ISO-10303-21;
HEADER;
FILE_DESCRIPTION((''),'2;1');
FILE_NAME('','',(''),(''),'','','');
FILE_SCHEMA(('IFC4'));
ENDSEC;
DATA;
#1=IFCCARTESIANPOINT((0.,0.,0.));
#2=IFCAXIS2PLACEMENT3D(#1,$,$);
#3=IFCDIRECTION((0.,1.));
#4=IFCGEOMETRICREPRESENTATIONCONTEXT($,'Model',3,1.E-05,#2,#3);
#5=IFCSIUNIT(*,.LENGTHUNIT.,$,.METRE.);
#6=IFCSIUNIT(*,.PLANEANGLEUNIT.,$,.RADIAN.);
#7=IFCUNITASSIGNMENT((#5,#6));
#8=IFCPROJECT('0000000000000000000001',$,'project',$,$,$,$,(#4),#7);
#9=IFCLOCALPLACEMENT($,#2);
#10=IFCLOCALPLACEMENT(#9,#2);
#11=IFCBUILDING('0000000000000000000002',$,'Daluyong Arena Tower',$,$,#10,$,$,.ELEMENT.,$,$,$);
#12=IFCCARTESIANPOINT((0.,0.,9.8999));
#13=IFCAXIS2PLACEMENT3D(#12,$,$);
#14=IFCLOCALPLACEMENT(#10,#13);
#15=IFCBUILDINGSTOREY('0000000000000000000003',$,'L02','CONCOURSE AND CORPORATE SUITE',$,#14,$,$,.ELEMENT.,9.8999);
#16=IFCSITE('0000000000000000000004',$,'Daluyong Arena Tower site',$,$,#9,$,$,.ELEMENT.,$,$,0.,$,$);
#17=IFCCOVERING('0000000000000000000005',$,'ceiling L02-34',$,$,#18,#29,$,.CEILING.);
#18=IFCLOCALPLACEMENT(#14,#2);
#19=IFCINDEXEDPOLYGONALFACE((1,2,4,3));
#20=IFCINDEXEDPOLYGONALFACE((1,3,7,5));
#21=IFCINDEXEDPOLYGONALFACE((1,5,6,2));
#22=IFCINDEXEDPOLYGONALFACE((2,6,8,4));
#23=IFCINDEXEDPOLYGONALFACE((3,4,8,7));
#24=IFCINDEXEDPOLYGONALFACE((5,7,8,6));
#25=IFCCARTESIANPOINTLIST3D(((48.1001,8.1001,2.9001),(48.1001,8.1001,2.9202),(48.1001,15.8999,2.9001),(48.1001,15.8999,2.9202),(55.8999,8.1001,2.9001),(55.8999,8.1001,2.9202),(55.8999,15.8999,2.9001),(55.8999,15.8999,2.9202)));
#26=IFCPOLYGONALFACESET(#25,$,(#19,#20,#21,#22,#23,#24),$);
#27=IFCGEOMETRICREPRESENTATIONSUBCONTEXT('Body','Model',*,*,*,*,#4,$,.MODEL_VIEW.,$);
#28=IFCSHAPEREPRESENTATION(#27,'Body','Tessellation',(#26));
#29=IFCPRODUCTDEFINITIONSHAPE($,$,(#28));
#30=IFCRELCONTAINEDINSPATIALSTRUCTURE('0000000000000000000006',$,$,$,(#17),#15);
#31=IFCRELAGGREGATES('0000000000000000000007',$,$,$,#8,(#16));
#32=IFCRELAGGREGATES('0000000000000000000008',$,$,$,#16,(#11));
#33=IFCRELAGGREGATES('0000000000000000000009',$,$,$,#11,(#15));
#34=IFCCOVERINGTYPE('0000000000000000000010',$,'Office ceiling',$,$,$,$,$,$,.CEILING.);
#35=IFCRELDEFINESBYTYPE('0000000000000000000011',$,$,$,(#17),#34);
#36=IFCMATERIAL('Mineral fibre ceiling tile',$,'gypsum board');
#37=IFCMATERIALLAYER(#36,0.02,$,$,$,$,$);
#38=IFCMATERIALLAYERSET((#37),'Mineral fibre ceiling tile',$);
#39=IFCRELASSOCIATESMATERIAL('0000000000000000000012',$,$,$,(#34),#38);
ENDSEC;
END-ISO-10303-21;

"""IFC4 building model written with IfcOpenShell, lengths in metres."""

from ifc_helpers import new_model, si_unit, direction, frame, origin, place, context, subcontext, project, spatial, polyline, outline, extrude, material, layer, layer_set, type_object, element, save


model = new_model("IFC4")

# Units and contexts
model_context = context("Model", 3, precision=1e-05, world=origin(), true_north=direction((0.0, 1.0)))
body_context = subcontext(model_context, "Body", "Model", "MODEL_VIEW")
ifc_project = project(units=[si_unit("LENGTHUNIT", "METRE"), si_unit("PLANEANGLEUNIT", "RADIAN")], contexts=[model_context])

# Site, building, storey
site_placement = place(None, origin())
site = spatial("IfcSite", under=ifc_project, at=site_placement, Name="Daluyong Arena Tower site", CompositionType="ELEMENT", RefElevation=0.0)
building_placement = place(site_placement, origin())
building = spatial("IfcBuilding", under=site, at=building_placement, Name="Daluyong Arena Tower", CompositionType="ELEMENT")
storey_placement = place(building_placement, frame((0.0, 0.0, 9.8999)))
storey = spatial("IfcBuildingStorey", under=building, at=storey_placement, Name="L02", Description="CONCOURSE AND CORPORATE SUITE", CompositionType="ELEMENT", Elevation=9.8999)

# Covering
ifc_material = material(Name="Mineral fibre ceiling tile", Category="gypsum board")
ifc_layer = layer(ifc_material, 0.02)
ifc_layer_set = layer_set([ifc_layer], Name="Mineral fibre ceiling tile")
covering_type = type_object("IfcCoveringType", Name="Office ceiling", PredefinedType="CEILING", material=ifc_layer_set)
covering_1_placement = place(storey_placement, frame((0.0, 0.0, 2.9001)))
element("IfcCovering", 1, at=covering_1_placement, inside=storey, type_object=covering_type, Name="ceiling L02-34", PredefinedType="CEILING", context=body_context, shape_type="SweptSolid", body=[
    extrude(outline(polyline([(55.8999, 8.1001), (55.8999, 15.8999), (48.1001, 15.8999), (48.1001, 8.1001), (55.8999, 8.1001)])), origin(), (0.0, 0.0, 1.0), 0.02),
])

save(model, "model.ifc")
